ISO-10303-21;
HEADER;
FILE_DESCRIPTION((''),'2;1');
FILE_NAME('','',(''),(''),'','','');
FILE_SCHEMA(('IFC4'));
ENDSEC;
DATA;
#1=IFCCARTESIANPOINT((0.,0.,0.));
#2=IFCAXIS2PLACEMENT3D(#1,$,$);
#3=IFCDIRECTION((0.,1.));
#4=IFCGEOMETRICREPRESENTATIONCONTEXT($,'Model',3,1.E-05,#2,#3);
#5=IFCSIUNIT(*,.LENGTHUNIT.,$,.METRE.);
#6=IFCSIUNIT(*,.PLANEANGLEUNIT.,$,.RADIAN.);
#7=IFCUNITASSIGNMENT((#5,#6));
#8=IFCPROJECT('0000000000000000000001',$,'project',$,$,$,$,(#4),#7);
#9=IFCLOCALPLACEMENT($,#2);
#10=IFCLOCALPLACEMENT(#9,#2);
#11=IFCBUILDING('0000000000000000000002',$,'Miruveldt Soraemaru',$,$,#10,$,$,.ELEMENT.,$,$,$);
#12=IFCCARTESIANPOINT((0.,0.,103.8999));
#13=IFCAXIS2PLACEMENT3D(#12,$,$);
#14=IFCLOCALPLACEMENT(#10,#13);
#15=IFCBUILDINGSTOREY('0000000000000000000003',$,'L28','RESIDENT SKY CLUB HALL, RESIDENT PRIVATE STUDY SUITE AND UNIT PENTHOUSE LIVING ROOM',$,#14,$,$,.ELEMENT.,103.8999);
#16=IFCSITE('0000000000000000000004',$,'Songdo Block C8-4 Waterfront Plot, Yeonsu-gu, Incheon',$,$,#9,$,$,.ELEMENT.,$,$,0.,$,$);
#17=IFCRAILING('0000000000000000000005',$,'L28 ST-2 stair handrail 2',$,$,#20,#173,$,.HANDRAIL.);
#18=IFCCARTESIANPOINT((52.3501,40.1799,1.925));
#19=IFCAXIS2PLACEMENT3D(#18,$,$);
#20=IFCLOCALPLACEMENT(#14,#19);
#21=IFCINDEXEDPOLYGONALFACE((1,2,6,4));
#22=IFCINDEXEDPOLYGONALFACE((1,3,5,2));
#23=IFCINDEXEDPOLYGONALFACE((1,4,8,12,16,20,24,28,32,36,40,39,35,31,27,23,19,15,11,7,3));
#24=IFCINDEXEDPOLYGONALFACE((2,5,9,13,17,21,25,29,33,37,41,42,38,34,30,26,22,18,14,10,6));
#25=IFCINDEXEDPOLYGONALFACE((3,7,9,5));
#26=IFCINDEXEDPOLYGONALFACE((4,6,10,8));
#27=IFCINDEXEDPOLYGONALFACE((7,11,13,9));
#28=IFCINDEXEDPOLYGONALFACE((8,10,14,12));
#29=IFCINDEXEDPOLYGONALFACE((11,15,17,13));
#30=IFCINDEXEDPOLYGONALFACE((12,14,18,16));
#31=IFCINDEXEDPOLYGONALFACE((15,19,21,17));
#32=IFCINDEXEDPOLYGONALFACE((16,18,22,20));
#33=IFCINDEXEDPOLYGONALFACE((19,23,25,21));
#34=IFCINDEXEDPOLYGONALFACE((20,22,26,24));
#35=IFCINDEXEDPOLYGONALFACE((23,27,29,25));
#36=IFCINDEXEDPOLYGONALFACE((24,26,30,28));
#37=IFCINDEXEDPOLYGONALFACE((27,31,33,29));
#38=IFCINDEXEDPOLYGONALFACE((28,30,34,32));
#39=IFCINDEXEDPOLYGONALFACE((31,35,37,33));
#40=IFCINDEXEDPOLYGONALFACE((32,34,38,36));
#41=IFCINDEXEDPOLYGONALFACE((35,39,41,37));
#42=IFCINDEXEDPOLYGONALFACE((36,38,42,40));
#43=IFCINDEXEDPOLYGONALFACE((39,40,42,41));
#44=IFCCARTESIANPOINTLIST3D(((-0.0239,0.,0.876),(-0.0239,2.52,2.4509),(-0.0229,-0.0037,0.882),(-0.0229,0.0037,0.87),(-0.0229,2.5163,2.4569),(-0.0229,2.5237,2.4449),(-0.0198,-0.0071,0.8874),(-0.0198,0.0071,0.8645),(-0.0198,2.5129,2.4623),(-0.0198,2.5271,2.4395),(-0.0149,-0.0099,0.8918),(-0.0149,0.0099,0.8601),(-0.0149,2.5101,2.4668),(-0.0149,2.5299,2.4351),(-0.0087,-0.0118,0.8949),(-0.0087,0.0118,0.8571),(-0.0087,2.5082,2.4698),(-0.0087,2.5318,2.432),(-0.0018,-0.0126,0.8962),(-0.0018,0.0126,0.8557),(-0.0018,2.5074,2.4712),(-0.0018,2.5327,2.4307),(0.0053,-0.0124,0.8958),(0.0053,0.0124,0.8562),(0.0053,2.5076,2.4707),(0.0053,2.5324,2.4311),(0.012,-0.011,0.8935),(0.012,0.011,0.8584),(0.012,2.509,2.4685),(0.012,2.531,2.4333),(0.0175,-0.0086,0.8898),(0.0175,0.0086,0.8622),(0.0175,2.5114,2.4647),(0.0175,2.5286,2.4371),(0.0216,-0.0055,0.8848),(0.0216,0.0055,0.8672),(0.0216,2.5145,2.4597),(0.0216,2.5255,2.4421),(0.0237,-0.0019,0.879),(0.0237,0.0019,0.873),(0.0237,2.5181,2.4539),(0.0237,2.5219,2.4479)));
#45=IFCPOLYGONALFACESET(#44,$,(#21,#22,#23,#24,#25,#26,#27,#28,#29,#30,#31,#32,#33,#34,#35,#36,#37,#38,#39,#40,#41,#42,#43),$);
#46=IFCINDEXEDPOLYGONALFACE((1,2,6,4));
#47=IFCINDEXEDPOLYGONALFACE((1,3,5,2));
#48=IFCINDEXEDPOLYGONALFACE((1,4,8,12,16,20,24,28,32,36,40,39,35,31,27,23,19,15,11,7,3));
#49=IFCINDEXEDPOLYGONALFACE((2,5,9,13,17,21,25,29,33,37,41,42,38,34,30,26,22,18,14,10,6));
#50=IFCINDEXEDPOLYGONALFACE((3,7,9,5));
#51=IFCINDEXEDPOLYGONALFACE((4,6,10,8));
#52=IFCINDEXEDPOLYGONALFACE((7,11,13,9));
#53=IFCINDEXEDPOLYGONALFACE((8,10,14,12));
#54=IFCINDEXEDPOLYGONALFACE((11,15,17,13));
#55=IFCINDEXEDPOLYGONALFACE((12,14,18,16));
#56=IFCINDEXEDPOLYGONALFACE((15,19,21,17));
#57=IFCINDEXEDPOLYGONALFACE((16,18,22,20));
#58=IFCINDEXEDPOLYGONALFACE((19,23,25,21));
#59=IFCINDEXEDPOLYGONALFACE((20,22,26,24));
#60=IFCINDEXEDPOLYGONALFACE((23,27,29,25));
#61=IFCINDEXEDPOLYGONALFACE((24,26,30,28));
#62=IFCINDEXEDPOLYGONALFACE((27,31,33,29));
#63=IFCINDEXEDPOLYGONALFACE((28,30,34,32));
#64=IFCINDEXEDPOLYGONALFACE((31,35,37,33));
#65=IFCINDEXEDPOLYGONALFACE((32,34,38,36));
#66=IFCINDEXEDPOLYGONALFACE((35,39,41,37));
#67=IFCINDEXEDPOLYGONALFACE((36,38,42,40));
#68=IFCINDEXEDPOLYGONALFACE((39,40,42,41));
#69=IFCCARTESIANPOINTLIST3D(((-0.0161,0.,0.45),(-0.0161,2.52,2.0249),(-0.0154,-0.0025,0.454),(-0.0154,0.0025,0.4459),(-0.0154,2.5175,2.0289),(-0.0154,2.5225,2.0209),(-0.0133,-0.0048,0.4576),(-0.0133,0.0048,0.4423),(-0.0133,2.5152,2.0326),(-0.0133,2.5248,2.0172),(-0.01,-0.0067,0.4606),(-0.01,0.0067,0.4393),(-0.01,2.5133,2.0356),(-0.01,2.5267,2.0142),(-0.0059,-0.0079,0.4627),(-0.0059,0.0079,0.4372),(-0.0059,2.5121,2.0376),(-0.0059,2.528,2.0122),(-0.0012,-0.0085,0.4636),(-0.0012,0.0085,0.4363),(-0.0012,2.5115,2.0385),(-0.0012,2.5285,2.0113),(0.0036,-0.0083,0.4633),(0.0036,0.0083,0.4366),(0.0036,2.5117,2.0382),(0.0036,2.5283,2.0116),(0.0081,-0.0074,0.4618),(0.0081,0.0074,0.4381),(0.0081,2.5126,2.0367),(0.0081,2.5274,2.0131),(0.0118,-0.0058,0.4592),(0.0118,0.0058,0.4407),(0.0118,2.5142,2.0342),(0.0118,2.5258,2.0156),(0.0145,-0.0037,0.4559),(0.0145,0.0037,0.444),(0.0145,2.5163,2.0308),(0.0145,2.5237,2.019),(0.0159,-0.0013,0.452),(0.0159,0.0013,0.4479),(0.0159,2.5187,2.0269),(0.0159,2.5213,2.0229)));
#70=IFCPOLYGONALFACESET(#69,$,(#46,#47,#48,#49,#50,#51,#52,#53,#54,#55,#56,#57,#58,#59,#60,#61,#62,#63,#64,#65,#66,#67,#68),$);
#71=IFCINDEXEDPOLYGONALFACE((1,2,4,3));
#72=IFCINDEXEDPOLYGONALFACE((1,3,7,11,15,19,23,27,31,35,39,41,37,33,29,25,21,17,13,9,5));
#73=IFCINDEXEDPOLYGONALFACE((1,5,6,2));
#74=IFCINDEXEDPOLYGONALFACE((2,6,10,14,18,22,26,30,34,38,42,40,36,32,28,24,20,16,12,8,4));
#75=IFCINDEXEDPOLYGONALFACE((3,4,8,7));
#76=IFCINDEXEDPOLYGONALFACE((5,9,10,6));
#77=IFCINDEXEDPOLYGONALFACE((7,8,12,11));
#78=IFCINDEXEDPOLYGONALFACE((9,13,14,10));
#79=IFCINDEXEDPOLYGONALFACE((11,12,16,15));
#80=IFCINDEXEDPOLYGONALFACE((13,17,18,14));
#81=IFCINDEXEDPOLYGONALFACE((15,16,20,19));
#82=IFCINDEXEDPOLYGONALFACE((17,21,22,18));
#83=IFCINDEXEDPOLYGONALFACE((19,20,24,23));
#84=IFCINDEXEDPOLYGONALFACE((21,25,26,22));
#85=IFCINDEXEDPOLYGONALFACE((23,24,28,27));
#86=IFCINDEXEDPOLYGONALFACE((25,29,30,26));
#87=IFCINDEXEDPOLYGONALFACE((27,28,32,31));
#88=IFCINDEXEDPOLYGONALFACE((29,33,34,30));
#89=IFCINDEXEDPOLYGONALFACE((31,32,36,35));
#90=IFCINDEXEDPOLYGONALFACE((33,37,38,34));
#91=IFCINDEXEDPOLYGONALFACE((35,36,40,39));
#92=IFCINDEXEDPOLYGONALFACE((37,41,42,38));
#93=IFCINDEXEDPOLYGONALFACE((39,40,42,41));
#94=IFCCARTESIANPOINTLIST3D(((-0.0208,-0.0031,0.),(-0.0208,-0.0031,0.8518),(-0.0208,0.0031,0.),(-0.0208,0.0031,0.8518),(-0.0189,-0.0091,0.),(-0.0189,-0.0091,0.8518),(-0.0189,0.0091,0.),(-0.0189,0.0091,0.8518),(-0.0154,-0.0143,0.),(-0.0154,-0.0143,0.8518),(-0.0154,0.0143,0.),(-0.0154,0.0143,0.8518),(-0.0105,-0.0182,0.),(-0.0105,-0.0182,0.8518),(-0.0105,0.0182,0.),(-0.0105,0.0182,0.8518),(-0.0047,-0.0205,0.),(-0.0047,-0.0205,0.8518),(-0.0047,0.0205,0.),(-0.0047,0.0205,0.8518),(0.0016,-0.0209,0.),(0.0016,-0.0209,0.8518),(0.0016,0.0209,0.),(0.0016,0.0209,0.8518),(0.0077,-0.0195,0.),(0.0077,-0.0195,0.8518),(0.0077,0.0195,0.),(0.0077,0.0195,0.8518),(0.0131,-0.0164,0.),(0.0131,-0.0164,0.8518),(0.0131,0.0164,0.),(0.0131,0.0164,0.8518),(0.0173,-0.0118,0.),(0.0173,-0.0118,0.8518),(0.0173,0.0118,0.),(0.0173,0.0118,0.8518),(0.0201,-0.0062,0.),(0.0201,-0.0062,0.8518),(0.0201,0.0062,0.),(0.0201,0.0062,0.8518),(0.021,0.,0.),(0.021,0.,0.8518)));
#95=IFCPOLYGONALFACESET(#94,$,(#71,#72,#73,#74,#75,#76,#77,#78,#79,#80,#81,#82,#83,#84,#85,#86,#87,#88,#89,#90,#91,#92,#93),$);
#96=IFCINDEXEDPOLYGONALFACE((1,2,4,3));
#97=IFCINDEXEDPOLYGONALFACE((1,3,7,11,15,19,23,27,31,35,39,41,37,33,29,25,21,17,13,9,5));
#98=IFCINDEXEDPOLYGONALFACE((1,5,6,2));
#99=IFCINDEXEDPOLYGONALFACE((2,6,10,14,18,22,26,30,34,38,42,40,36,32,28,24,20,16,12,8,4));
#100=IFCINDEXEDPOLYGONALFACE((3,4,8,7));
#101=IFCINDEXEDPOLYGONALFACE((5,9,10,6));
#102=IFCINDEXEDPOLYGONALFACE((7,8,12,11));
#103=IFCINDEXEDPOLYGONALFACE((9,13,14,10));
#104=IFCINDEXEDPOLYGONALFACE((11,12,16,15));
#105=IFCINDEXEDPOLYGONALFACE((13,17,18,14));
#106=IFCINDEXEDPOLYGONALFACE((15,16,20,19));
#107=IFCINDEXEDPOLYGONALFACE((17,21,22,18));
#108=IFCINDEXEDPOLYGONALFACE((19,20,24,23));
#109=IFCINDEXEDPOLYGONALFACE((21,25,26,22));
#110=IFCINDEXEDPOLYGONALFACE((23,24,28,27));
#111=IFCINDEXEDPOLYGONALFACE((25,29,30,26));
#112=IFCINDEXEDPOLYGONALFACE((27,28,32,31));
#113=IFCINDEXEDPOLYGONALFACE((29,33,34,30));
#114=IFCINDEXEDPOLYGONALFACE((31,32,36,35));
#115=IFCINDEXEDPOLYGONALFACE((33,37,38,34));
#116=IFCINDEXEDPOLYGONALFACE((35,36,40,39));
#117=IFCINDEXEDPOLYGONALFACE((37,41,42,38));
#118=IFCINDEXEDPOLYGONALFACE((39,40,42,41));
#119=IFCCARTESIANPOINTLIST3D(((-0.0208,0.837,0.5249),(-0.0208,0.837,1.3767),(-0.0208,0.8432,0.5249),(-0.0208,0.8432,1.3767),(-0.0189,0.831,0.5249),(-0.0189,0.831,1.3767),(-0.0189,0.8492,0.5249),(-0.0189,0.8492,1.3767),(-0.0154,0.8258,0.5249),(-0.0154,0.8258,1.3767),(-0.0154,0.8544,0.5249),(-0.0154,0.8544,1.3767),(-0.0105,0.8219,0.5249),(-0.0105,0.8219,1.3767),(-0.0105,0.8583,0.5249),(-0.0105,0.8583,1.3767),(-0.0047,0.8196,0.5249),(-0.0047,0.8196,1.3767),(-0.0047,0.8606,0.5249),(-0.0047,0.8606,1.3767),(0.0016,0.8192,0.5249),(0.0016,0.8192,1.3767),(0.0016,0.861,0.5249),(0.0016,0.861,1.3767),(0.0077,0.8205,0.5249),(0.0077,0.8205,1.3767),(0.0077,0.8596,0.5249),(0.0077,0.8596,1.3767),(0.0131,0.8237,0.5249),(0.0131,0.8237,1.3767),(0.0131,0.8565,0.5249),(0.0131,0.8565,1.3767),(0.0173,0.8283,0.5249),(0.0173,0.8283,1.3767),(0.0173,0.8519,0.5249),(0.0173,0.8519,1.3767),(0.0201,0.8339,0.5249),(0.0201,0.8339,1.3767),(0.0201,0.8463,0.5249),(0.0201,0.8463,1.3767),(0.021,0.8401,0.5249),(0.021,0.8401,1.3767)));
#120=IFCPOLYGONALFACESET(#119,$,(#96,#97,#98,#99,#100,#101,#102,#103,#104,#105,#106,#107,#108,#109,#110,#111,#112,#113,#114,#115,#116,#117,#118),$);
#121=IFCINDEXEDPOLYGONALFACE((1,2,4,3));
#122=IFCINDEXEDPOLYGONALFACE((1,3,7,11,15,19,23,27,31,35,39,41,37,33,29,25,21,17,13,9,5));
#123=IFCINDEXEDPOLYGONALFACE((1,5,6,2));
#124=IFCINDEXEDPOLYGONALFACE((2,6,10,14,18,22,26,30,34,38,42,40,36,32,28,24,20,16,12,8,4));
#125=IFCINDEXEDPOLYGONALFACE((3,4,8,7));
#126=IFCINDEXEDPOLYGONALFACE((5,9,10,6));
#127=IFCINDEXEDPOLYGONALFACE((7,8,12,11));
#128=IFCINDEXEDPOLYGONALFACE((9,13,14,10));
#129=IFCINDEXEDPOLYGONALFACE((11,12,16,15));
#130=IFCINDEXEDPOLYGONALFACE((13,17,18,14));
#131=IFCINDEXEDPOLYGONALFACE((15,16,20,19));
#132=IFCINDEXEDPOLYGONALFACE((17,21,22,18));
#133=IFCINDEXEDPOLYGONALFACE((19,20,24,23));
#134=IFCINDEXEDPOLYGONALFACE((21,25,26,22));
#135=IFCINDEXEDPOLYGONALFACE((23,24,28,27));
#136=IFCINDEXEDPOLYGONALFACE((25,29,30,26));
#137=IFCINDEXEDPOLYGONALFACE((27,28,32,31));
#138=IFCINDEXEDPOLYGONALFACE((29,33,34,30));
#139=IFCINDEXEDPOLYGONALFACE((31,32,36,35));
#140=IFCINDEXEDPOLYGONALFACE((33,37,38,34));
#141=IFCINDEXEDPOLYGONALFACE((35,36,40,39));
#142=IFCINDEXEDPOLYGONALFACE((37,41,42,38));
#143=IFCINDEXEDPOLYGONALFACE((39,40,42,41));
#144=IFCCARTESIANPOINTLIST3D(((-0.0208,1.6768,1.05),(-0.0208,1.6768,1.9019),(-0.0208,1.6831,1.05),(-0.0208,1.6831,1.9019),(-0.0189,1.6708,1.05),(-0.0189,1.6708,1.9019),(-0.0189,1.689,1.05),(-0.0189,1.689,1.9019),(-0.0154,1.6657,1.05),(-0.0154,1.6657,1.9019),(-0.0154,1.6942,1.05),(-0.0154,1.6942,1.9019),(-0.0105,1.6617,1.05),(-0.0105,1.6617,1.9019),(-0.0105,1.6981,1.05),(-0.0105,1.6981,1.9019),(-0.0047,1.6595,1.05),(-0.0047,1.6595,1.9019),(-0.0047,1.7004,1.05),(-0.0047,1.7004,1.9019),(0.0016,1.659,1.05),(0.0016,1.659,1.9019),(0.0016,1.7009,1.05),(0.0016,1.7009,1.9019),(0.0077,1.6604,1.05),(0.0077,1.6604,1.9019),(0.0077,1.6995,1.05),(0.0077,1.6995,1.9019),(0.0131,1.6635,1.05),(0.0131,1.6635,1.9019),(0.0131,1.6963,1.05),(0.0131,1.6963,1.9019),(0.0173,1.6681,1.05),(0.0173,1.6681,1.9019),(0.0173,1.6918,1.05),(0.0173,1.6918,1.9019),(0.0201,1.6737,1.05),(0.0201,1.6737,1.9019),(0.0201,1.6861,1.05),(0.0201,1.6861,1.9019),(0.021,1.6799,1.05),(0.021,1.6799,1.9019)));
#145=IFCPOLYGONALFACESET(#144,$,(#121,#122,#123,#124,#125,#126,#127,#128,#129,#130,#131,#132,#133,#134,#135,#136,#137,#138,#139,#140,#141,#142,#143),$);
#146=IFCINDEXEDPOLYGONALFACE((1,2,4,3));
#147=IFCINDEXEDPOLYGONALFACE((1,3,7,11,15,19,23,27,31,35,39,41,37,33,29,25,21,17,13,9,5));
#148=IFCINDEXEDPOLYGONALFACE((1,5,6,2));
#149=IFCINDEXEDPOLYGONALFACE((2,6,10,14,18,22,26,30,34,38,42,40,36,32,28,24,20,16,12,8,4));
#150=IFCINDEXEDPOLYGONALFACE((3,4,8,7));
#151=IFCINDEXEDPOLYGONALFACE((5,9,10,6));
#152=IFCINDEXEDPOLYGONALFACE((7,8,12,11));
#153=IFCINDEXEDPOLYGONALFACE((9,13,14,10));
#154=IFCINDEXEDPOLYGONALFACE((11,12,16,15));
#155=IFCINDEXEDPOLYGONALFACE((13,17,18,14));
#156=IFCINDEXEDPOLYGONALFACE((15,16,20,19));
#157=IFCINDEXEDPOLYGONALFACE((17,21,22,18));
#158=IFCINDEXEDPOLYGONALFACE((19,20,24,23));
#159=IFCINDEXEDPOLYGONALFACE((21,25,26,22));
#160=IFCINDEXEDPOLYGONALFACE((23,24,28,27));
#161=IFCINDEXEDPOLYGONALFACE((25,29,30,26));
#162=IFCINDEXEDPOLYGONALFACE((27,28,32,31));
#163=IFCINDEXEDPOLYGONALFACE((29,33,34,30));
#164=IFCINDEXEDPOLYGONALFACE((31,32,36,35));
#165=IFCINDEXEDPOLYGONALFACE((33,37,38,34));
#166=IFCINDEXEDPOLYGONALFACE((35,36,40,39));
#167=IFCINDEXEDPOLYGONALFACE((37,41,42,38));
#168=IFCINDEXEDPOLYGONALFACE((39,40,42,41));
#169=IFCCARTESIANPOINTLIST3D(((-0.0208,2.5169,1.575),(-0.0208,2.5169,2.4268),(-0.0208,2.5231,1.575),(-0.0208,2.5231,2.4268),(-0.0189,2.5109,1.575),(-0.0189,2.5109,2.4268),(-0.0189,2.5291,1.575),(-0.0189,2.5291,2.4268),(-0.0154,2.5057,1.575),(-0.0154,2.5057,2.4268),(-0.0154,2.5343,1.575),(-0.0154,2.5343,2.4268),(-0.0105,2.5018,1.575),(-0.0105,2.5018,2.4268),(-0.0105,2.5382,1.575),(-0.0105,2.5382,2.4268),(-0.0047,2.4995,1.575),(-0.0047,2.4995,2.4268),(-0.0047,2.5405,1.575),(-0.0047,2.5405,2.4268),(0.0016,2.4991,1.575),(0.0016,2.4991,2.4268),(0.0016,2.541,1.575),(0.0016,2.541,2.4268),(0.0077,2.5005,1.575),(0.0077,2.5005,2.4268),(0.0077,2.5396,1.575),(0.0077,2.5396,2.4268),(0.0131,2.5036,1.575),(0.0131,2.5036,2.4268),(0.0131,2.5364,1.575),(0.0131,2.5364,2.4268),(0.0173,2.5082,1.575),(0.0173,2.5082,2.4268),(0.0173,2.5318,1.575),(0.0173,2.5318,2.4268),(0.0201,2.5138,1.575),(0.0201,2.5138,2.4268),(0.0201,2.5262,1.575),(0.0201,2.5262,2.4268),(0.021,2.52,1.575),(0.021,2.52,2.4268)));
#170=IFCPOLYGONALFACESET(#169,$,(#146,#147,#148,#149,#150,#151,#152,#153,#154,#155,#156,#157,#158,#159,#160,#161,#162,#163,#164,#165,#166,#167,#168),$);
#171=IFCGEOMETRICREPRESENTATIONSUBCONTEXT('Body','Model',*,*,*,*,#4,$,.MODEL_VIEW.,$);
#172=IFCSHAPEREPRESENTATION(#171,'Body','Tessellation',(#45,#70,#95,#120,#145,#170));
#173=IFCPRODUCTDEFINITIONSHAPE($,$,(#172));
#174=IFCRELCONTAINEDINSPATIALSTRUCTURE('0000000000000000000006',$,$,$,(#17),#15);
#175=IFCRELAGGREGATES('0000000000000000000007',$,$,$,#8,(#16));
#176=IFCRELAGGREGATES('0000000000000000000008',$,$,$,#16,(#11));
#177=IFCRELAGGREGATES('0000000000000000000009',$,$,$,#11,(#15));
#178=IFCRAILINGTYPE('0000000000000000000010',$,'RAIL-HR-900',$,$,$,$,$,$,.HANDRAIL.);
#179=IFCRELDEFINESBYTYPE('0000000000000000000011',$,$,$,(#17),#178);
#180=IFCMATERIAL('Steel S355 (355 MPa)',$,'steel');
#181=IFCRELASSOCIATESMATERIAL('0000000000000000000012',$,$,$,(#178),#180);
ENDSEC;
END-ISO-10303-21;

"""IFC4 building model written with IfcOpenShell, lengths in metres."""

from ifc_helpers import new_model, si_unit, direction, frame, origin, origin_2d, place, context, subcontext, project, spatial, circle, extrude, material, type_object, element, save


model = new_model("IFC4")

# Units and contexts
model_context = context("Model", 3, precision=1e-05, world=origin(), true_north=direction((0.0, 1.0)))
body_context = subcontext(model_context, "Body", "Model", "MODEL_VIEW")
ifc_project = project(units=[si_unit("LENGTHUNIT", "METRE"), si_unit("PLANEANGLEUNIT", "RADIAN")], contexts=[model_context])

# Site, building, storey
site_placement = place(None, origin())
site = spatial("IfcSite", under=ifc_project, at=site_placement, Name="Songdo Block C8-4 Waterfront Plot, Yeonsu-gu, Incheon", CompositionType="ELEMENT", RefElevation=0.0)
building_placement = place(site_placement, origin())
building = spatial("IfcBuilding", under=site, at=building_placement, Name="Miruveldt Soraemaru", CompositionType="ELEMENT")
storey_placement = place(building_placement, frame((0.0, 0.0, 103.8999)))
storey = spatial("IfcBuildingStorey", under=building, at=storey_placement, Name="L28", Description="RESIDENT SKY CLUB HALL, RESIDENT PRIVATE STUDY SUITE AND UNIT PENTHOUSE LIVING ROOM", CompositionType="ELEMENT", Elevation=103.8999)

# Railing
ifc_material_1 = material(Name="Steel S355 (355 MPa)", Category="steel")
railing_type_1 = type_object("IfcRailingType", Name="RAIL-HR-900", PredefinedType="HANDRAIL", material=ifc_material_1)
railing_1_placement = place(storey_placement, frame((52.3501, 40.1799, 1.925)))
element("IfcRailing", 1, at=railing_1_placement, inside=storey, type_object=railing_type_1, Name="L28 ST-2 stair handrail 2", PredefinedType="HANDRAIL", context=body_context, shape_type="SweptSolid", body=[
    extrude(circle(Radius=0.0239, at=origin_2d()), frame((0.0, 0.0, 0.876), z_axis=(0.0, 0.848008, 0.529984), x_axis=(-1.0, 0.0, 0.0)), (0.0, 0.0, 1.0), 2.9717),
    extrude(circle(Radius=0.0161, at=origin_2d()), frame((0.0, 0.0, 0.45), z_axis=(0.0, 0.848008, 0.529984), x_axis=(-1.0, 0.0, 0.0)), (0.0, 0.0, 1.0), 2.9717),
    extrude(circle(Radius=0.021, at=origin_2d()), origin(), (0.0, 0.0, 1.0), 0.8518),
    extrude(circle(Radius=0.021, at=origin_2d()), frame((0.0, 0.8401, 0.5249)), (0.0, 0.0, 1.0), 0.8518),
    extrude(circle(Radius=0.021, at=origin_2d()), frame((0.0, 1.6799, 1.05)), (0.0, 0.0, 1.0), 0.8518),
    extrude(circle(Radius=0.021, at=origin_2d()), frame((0.0, 2.52, 1.575)), (0.0, 0.0, 1.0), 0.8518),
])

save(model, "model.ifc")
